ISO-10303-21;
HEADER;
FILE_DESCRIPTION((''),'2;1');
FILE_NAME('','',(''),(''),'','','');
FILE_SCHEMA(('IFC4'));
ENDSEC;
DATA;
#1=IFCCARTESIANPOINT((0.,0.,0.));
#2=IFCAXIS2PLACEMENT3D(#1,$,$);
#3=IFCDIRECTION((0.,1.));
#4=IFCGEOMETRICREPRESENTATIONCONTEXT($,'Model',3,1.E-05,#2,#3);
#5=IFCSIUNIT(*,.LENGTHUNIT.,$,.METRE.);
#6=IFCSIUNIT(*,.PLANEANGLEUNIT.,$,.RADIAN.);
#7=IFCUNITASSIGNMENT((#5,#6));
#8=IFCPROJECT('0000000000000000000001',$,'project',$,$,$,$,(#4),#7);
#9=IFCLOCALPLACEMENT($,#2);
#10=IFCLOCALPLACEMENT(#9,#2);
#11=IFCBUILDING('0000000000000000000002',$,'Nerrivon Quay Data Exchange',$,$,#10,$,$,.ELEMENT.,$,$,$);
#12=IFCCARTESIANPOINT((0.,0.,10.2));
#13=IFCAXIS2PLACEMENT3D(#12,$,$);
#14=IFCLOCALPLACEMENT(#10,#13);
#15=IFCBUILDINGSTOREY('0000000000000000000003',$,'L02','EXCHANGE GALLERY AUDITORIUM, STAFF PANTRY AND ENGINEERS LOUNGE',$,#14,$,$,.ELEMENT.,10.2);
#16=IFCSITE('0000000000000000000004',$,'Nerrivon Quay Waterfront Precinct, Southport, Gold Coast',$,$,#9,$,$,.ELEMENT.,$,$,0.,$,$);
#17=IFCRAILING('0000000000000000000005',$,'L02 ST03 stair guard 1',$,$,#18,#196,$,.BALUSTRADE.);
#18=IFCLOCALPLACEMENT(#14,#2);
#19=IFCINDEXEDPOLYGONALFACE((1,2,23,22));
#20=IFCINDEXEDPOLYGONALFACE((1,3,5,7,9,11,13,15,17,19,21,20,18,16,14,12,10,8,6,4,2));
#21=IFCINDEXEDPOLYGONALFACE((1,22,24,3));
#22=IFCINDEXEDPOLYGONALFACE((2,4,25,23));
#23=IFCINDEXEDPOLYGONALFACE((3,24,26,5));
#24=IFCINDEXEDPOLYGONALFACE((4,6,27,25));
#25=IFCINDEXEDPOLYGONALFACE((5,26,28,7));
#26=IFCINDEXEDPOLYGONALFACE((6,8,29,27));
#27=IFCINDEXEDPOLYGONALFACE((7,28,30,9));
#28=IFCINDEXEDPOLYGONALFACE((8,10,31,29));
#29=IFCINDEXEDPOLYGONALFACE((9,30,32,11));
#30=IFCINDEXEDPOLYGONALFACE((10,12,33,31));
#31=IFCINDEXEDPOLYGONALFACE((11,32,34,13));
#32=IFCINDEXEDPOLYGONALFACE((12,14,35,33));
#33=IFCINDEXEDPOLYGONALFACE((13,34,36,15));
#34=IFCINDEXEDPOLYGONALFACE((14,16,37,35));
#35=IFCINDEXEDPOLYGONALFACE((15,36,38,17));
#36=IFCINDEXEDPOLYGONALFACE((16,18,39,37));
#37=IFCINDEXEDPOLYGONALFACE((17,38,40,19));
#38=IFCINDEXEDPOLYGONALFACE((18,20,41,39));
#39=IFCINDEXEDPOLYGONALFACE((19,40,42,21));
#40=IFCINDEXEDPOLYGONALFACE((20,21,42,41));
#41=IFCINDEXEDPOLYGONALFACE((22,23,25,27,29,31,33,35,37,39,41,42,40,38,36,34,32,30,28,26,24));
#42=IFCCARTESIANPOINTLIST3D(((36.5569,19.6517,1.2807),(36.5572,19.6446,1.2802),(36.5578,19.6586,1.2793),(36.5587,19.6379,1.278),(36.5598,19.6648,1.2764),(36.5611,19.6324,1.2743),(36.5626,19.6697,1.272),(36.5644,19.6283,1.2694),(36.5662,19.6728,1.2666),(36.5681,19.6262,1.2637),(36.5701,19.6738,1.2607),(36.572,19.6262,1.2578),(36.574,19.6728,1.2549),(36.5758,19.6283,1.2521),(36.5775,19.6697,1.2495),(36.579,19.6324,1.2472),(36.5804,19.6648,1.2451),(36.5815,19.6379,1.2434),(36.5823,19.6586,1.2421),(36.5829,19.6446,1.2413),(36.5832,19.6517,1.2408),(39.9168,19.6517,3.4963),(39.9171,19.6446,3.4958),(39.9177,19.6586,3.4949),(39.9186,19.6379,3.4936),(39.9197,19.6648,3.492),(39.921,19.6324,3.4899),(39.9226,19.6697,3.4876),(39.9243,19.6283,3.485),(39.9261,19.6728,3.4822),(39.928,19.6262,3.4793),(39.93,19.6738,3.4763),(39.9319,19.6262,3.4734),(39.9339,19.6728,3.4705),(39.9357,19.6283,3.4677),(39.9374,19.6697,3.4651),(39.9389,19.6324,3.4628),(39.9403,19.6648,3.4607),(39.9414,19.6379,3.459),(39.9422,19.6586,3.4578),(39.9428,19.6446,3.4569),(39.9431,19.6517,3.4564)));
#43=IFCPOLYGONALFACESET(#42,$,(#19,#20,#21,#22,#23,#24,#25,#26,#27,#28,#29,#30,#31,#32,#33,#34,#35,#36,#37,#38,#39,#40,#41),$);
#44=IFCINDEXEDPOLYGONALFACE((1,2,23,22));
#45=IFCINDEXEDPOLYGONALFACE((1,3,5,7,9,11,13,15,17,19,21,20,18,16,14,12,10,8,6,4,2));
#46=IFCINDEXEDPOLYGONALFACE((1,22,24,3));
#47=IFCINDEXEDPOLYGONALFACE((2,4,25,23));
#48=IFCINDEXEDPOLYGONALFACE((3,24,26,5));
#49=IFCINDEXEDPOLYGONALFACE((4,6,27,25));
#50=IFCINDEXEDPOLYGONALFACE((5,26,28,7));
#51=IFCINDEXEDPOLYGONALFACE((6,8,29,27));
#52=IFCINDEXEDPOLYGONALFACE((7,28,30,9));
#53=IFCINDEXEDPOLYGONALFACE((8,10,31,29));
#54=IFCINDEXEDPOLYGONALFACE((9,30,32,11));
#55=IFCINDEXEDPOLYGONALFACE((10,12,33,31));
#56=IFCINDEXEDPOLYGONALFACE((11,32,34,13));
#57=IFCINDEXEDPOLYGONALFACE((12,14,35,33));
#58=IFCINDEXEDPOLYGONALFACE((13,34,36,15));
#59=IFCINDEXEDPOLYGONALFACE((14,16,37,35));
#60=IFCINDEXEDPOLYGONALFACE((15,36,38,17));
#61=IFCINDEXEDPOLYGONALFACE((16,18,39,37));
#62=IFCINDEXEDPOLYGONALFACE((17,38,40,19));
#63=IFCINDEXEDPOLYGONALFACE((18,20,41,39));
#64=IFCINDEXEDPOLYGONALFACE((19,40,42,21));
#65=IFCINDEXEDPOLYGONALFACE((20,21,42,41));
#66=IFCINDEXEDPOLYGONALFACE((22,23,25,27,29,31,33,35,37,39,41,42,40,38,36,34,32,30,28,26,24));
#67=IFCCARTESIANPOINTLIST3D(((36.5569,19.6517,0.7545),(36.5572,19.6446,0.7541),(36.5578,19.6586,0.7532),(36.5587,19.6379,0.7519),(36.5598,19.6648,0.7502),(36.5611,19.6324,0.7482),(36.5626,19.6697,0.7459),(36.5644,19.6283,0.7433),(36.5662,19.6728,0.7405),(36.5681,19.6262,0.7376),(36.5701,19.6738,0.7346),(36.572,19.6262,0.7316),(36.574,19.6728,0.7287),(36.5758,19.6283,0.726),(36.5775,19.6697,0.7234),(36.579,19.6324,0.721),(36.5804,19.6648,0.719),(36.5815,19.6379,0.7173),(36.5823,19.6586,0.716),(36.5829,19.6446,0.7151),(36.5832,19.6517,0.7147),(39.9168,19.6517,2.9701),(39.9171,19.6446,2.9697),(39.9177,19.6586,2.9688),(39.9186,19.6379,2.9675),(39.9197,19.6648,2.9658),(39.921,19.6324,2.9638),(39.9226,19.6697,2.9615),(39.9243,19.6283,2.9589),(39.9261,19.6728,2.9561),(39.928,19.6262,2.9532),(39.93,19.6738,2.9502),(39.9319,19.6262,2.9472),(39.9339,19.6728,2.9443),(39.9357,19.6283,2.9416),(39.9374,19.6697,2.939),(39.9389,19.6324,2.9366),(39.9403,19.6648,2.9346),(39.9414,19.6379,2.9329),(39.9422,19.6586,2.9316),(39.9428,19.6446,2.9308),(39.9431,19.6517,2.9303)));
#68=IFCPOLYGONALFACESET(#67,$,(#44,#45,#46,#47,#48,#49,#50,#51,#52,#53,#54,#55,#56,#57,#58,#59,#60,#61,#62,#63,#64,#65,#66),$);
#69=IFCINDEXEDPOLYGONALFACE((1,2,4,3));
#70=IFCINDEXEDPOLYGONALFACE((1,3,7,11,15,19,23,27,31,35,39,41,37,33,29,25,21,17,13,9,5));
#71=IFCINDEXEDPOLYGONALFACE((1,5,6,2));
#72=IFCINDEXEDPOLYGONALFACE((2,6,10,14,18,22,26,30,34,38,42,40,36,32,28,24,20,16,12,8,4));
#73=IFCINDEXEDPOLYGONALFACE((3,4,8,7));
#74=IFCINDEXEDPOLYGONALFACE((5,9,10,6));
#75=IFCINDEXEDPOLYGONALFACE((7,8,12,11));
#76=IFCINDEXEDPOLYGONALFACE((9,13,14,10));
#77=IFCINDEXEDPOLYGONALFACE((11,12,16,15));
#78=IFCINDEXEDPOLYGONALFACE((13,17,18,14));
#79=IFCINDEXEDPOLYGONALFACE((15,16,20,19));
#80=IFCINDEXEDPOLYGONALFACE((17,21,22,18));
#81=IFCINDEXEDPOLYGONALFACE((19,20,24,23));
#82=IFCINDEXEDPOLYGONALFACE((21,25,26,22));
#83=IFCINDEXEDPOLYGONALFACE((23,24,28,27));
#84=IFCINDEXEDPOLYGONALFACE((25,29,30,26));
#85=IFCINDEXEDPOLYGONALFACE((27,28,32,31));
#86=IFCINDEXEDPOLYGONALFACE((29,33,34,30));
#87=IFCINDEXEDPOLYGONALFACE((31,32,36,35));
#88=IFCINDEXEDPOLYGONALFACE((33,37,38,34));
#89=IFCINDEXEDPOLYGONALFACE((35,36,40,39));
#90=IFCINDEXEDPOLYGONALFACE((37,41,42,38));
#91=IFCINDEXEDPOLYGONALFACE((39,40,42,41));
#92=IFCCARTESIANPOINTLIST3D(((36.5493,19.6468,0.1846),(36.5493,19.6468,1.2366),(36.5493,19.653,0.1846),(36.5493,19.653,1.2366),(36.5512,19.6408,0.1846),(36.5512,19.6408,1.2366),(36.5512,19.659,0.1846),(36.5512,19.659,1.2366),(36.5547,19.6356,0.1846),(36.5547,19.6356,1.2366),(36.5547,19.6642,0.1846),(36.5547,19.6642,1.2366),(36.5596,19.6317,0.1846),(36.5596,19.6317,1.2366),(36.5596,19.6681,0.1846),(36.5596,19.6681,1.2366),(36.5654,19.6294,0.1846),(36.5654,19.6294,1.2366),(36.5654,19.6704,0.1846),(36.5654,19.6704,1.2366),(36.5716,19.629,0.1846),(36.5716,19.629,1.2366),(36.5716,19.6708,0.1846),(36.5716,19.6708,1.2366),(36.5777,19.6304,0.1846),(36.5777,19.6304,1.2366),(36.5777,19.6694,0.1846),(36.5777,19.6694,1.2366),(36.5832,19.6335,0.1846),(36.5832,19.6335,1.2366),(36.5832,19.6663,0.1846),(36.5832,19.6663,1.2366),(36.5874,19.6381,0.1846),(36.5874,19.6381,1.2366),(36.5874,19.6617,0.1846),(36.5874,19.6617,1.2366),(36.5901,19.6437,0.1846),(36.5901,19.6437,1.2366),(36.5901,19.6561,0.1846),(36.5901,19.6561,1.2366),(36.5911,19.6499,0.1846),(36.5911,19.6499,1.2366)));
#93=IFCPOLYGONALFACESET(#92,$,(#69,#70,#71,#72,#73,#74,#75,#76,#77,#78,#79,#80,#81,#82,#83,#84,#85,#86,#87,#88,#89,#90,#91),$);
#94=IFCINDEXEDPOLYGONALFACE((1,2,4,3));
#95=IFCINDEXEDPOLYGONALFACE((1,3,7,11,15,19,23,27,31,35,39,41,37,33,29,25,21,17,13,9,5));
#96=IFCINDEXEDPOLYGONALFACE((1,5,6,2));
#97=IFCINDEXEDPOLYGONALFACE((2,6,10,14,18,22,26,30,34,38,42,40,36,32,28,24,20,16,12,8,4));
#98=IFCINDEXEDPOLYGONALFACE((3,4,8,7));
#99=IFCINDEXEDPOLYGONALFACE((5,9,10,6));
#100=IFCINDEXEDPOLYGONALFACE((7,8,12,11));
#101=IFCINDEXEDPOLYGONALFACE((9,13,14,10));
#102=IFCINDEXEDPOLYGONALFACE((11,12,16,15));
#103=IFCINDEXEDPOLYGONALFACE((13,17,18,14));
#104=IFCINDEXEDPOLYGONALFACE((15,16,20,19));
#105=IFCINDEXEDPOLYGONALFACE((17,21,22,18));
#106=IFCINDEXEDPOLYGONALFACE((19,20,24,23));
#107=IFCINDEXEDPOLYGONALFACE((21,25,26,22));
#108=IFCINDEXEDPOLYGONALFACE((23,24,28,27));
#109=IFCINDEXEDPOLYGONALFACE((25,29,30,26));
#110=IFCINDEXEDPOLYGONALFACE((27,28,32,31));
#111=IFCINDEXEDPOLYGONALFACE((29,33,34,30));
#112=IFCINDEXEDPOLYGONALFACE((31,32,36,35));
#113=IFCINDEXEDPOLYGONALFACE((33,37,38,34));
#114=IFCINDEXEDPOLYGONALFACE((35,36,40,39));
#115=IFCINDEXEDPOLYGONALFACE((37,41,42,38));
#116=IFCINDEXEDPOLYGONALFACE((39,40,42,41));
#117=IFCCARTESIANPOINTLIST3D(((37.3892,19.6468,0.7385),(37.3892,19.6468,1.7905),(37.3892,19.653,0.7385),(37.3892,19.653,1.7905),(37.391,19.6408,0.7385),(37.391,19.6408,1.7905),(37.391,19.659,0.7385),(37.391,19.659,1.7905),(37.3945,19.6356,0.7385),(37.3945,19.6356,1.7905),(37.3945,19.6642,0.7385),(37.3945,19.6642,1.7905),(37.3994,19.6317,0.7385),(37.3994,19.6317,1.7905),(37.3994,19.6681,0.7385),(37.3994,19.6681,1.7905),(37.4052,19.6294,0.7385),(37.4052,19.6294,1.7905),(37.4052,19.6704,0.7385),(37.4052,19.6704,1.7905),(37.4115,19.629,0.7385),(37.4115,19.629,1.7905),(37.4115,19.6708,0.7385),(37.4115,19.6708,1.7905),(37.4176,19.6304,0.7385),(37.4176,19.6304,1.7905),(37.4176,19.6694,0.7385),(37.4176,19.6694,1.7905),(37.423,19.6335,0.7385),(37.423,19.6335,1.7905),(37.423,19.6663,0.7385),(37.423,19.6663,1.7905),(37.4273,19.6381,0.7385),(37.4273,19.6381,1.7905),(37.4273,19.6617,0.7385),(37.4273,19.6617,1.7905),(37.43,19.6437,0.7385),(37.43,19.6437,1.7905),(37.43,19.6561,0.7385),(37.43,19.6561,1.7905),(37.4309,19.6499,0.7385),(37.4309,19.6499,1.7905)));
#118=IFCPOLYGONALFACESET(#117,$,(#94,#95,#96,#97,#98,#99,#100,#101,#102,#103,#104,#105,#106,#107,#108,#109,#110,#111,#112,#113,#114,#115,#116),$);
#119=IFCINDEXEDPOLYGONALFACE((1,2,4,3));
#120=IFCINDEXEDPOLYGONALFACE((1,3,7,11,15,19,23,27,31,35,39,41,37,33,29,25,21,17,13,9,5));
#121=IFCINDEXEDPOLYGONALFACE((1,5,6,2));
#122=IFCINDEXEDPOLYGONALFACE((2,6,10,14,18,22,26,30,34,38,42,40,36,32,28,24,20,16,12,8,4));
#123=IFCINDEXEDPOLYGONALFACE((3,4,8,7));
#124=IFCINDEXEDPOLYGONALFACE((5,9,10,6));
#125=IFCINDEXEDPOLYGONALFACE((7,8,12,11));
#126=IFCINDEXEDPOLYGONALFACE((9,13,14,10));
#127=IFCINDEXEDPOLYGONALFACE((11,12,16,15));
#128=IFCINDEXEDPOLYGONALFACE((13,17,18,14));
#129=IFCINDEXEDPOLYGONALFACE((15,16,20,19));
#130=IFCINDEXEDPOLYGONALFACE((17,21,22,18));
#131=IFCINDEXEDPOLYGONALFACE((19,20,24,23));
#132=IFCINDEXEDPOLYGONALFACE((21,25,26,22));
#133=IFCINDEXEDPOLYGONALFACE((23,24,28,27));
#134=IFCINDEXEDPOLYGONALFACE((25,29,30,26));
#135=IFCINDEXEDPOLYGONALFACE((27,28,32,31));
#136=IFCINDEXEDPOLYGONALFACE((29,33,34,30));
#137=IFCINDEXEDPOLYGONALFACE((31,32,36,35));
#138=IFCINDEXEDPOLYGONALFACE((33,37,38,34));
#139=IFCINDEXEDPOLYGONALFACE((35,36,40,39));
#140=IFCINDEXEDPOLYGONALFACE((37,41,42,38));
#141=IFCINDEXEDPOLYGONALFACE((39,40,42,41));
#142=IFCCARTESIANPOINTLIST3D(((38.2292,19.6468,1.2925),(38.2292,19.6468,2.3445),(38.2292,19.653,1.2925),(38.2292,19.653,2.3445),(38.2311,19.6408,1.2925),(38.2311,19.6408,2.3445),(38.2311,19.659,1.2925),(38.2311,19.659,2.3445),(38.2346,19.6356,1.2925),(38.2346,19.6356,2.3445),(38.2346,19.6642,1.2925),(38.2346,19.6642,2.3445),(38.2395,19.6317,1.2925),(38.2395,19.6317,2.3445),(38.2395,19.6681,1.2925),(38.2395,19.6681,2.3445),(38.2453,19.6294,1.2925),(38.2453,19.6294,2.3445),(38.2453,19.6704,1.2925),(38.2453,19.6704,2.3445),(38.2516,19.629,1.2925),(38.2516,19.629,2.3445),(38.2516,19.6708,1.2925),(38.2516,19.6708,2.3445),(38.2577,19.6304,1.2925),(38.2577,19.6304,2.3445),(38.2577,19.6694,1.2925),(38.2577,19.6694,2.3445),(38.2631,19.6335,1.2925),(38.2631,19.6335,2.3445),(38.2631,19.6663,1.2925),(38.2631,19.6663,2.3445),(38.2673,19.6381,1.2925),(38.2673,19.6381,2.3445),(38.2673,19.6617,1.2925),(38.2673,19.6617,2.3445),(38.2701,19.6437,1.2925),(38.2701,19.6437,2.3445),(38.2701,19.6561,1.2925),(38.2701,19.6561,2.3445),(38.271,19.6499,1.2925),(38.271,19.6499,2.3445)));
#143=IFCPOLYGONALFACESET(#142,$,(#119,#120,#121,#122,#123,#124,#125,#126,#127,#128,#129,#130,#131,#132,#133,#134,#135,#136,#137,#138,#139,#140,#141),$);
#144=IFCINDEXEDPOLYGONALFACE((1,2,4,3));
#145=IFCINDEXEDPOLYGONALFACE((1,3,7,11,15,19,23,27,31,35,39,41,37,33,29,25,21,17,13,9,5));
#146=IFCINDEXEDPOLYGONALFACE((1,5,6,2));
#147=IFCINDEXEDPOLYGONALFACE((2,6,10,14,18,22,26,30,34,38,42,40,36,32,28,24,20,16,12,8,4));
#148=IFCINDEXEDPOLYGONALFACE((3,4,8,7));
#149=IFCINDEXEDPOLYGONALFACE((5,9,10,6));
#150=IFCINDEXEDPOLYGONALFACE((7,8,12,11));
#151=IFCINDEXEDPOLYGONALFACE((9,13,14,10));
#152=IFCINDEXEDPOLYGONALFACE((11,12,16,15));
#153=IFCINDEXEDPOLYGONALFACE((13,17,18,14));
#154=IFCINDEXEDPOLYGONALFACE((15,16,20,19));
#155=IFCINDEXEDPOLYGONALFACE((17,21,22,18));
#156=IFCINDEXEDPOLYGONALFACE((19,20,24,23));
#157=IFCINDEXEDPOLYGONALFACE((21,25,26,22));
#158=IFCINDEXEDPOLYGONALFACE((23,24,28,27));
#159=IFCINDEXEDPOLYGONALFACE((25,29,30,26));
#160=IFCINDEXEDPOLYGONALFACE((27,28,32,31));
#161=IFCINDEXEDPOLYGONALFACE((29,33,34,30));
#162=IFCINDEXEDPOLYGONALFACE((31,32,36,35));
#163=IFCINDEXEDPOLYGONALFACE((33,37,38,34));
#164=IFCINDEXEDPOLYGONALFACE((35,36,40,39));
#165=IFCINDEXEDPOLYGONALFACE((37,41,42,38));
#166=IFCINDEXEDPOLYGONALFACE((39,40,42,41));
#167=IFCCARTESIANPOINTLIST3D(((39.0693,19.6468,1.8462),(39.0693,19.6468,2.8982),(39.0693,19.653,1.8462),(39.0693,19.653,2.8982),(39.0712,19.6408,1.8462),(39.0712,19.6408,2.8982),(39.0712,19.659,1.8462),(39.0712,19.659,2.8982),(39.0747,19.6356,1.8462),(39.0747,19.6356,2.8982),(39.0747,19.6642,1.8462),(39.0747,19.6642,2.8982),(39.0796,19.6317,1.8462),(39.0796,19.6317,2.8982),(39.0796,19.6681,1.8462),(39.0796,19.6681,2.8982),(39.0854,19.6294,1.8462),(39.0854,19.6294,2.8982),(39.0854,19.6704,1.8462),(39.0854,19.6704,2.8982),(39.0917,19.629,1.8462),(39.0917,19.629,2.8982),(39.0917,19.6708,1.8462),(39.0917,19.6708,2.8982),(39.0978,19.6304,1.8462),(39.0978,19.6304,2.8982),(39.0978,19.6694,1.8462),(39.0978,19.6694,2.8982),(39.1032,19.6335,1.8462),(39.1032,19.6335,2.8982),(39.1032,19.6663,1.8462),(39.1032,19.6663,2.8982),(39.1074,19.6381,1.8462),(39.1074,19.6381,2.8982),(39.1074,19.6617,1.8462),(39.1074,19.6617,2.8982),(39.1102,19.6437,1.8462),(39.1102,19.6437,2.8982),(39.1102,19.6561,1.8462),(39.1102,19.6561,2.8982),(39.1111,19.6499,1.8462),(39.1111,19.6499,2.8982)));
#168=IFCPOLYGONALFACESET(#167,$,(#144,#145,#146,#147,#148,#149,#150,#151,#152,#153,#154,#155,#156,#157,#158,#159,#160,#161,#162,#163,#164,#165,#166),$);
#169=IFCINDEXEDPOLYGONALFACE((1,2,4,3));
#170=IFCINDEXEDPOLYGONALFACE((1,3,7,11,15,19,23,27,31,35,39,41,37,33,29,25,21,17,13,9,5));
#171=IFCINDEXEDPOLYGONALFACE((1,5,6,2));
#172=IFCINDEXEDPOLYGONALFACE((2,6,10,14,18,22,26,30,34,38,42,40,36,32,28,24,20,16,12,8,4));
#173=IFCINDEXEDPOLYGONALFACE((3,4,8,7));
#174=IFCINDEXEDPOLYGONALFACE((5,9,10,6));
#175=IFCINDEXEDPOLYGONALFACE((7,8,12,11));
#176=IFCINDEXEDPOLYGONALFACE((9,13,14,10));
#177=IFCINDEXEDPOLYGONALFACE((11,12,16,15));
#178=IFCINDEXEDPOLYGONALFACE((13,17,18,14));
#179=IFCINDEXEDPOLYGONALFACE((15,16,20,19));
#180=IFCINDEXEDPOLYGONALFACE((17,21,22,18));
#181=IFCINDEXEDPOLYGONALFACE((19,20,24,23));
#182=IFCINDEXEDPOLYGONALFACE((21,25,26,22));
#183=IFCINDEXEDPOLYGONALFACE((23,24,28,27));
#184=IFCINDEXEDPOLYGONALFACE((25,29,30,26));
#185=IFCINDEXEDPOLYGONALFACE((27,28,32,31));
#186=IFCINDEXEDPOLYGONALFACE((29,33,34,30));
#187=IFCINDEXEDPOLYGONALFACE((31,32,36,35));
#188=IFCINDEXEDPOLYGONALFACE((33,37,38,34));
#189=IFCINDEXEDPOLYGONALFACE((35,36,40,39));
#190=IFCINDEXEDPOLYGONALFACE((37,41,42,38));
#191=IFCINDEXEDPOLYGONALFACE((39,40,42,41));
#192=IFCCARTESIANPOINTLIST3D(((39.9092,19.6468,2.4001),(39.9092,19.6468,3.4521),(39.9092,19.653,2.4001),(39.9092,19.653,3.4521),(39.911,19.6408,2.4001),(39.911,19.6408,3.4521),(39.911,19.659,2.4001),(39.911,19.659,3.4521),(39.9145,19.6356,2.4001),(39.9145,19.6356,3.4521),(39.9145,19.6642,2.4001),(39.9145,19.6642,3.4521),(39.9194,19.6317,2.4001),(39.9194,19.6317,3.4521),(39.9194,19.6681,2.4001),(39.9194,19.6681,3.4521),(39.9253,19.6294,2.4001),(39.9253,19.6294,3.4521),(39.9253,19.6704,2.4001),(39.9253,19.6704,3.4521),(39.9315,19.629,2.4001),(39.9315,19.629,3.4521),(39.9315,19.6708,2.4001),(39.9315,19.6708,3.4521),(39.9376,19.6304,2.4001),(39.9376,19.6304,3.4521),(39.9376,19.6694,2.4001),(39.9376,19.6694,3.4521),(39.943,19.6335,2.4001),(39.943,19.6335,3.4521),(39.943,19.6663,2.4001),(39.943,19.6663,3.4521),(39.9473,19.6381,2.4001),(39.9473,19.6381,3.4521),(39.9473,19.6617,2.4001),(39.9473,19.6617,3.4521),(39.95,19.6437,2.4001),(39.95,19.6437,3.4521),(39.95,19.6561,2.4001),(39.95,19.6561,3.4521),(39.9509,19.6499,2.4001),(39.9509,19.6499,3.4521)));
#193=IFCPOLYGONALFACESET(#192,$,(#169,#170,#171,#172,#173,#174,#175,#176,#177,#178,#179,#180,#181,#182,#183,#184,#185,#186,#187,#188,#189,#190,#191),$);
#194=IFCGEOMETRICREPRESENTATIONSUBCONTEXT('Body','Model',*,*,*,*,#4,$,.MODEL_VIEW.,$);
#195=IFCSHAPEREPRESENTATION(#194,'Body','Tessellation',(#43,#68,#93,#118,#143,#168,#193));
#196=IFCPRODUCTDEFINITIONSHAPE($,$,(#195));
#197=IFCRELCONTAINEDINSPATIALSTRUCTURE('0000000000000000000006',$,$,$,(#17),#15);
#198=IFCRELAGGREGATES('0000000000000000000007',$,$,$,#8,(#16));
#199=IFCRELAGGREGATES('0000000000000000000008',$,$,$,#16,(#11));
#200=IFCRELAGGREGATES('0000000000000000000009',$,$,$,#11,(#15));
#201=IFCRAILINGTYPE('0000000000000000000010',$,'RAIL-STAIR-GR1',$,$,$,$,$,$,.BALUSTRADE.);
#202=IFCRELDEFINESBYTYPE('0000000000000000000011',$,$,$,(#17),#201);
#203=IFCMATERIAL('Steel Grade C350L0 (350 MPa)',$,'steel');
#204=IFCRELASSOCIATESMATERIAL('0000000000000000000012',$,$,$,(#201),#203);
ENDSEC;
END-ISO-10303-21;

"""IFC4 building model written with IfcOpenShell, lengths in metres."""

from ifc_helpers import new_model, si_unit, direction, frame, origin, origin_2d, place, context, subcontext, project, spatial, circle, extrude, material, type_object, element, save


model = new_model("IFC4")

# Units and contexts
model_context = context("Model", 3, precision=1e-05, world=origin(), true_north=direction((0.0, 1.0)))
body_context = subcontext(model_context, "Body", "Model", "MODEL_VIEW")
ifc_project = project(units=[si_unit("LENGTHUNIT", "METRE"), si_unit("PLANEANGLEUNIT", "RADIAN")], contexts=[model_context])

# Site, building, storey
site_placement = place(None, origin())
site = spatial("IfcSite", under=ifc_project, at=site_placement, Name="Nerrivon Quay Waterfront Precinct, Southport, Gold Coast", CompositionType="ELEMENT", RefElevation=0.0)
building_placement = place(site_placement, origin())
building = spatial("IfcBuilding", under=site, at=building_placement, Name="Nerrivon Quay Data Exchange", CompositionType="ELEMENT")
storey_placement = place(building_placement, frame((0.0, 0.0, 10.2)))
storey = spatial("IfcBuildingStorey", under=building, at=storey_placement, Name="L02", Description="EXCHANGE GALLERY AUDITORIUM, STAFF PANTRY AND ENGINEERS LOUNGE", CompositionType="ELEMENT", Elevation=10.2)

# Railing
ifc_material_1 = material(Name="Steel Grade C350L0 (350 MPa)", Category="steel")
railing_type_1 = type_object("IfcRailingType", Name="RAIL-STAIR-GR1", PredefinedType="BALUSTRADE", material=ifc_material_1)
railing_1_placement = place(storey_placement, frame((36.5701, 19.6499, 0.1846)))
element("IfcRailing", 1, at=railing_1_placement, inside=storey, type_object=railing_type_1, Name="L02 ST03 stair guard 1", PredefinedType="BALUSTRADE", context=body_context, shape_type="SweptSolid", body=[
    extrude(circle(Radius=0.0239, at=origin_2d()), frame((0.0, 0.0, 1.0762), z_axis=(0.83483, 0.0, 0.550508), x_axis=(0.0, 1.0, 0.0)), (0.0, 0.0, 1.0), 4.0247),
    extrude(circle(Radius=0.0239, at=origin_2d()), frame((0.0, 0.0, 0.55), z_axis=(0.83483, 0.0, 0.550508), x_axis=(0.0, 1.0, 0.0)), (0.0, 0.0, 1.0), 4.0247),
    extrude(circle(Radius=0.021, at=origin_2d()), origin(), (0.0, 0.0, 1.0), 1.052),
    extrude(circle(Radius=0.021, at=origin_2d()), frame((0.8398, 0.0, 0.554)), (0.0, 0.0, 1.0), 1.052),
    extrude(circle(Radius=0.021, at=origin_2d()), frame((1.6799, 0.0, 1.1079)), (0.0, 0.0, 1.0), 1.052),
    extrude(circle(Radius=0.021, at=origin_2d()), frame((2.52, 0.0, 1.6616)), (0.0, 0.0, 1.0), 1.052),
    extrude(circle(Radius=0.021, at=origin_2d()), frame((3.3599, 0.0, 2.2156)), (0.0, 0.0, 1.0), 1.052),
])

save(model, "model.ifc")
